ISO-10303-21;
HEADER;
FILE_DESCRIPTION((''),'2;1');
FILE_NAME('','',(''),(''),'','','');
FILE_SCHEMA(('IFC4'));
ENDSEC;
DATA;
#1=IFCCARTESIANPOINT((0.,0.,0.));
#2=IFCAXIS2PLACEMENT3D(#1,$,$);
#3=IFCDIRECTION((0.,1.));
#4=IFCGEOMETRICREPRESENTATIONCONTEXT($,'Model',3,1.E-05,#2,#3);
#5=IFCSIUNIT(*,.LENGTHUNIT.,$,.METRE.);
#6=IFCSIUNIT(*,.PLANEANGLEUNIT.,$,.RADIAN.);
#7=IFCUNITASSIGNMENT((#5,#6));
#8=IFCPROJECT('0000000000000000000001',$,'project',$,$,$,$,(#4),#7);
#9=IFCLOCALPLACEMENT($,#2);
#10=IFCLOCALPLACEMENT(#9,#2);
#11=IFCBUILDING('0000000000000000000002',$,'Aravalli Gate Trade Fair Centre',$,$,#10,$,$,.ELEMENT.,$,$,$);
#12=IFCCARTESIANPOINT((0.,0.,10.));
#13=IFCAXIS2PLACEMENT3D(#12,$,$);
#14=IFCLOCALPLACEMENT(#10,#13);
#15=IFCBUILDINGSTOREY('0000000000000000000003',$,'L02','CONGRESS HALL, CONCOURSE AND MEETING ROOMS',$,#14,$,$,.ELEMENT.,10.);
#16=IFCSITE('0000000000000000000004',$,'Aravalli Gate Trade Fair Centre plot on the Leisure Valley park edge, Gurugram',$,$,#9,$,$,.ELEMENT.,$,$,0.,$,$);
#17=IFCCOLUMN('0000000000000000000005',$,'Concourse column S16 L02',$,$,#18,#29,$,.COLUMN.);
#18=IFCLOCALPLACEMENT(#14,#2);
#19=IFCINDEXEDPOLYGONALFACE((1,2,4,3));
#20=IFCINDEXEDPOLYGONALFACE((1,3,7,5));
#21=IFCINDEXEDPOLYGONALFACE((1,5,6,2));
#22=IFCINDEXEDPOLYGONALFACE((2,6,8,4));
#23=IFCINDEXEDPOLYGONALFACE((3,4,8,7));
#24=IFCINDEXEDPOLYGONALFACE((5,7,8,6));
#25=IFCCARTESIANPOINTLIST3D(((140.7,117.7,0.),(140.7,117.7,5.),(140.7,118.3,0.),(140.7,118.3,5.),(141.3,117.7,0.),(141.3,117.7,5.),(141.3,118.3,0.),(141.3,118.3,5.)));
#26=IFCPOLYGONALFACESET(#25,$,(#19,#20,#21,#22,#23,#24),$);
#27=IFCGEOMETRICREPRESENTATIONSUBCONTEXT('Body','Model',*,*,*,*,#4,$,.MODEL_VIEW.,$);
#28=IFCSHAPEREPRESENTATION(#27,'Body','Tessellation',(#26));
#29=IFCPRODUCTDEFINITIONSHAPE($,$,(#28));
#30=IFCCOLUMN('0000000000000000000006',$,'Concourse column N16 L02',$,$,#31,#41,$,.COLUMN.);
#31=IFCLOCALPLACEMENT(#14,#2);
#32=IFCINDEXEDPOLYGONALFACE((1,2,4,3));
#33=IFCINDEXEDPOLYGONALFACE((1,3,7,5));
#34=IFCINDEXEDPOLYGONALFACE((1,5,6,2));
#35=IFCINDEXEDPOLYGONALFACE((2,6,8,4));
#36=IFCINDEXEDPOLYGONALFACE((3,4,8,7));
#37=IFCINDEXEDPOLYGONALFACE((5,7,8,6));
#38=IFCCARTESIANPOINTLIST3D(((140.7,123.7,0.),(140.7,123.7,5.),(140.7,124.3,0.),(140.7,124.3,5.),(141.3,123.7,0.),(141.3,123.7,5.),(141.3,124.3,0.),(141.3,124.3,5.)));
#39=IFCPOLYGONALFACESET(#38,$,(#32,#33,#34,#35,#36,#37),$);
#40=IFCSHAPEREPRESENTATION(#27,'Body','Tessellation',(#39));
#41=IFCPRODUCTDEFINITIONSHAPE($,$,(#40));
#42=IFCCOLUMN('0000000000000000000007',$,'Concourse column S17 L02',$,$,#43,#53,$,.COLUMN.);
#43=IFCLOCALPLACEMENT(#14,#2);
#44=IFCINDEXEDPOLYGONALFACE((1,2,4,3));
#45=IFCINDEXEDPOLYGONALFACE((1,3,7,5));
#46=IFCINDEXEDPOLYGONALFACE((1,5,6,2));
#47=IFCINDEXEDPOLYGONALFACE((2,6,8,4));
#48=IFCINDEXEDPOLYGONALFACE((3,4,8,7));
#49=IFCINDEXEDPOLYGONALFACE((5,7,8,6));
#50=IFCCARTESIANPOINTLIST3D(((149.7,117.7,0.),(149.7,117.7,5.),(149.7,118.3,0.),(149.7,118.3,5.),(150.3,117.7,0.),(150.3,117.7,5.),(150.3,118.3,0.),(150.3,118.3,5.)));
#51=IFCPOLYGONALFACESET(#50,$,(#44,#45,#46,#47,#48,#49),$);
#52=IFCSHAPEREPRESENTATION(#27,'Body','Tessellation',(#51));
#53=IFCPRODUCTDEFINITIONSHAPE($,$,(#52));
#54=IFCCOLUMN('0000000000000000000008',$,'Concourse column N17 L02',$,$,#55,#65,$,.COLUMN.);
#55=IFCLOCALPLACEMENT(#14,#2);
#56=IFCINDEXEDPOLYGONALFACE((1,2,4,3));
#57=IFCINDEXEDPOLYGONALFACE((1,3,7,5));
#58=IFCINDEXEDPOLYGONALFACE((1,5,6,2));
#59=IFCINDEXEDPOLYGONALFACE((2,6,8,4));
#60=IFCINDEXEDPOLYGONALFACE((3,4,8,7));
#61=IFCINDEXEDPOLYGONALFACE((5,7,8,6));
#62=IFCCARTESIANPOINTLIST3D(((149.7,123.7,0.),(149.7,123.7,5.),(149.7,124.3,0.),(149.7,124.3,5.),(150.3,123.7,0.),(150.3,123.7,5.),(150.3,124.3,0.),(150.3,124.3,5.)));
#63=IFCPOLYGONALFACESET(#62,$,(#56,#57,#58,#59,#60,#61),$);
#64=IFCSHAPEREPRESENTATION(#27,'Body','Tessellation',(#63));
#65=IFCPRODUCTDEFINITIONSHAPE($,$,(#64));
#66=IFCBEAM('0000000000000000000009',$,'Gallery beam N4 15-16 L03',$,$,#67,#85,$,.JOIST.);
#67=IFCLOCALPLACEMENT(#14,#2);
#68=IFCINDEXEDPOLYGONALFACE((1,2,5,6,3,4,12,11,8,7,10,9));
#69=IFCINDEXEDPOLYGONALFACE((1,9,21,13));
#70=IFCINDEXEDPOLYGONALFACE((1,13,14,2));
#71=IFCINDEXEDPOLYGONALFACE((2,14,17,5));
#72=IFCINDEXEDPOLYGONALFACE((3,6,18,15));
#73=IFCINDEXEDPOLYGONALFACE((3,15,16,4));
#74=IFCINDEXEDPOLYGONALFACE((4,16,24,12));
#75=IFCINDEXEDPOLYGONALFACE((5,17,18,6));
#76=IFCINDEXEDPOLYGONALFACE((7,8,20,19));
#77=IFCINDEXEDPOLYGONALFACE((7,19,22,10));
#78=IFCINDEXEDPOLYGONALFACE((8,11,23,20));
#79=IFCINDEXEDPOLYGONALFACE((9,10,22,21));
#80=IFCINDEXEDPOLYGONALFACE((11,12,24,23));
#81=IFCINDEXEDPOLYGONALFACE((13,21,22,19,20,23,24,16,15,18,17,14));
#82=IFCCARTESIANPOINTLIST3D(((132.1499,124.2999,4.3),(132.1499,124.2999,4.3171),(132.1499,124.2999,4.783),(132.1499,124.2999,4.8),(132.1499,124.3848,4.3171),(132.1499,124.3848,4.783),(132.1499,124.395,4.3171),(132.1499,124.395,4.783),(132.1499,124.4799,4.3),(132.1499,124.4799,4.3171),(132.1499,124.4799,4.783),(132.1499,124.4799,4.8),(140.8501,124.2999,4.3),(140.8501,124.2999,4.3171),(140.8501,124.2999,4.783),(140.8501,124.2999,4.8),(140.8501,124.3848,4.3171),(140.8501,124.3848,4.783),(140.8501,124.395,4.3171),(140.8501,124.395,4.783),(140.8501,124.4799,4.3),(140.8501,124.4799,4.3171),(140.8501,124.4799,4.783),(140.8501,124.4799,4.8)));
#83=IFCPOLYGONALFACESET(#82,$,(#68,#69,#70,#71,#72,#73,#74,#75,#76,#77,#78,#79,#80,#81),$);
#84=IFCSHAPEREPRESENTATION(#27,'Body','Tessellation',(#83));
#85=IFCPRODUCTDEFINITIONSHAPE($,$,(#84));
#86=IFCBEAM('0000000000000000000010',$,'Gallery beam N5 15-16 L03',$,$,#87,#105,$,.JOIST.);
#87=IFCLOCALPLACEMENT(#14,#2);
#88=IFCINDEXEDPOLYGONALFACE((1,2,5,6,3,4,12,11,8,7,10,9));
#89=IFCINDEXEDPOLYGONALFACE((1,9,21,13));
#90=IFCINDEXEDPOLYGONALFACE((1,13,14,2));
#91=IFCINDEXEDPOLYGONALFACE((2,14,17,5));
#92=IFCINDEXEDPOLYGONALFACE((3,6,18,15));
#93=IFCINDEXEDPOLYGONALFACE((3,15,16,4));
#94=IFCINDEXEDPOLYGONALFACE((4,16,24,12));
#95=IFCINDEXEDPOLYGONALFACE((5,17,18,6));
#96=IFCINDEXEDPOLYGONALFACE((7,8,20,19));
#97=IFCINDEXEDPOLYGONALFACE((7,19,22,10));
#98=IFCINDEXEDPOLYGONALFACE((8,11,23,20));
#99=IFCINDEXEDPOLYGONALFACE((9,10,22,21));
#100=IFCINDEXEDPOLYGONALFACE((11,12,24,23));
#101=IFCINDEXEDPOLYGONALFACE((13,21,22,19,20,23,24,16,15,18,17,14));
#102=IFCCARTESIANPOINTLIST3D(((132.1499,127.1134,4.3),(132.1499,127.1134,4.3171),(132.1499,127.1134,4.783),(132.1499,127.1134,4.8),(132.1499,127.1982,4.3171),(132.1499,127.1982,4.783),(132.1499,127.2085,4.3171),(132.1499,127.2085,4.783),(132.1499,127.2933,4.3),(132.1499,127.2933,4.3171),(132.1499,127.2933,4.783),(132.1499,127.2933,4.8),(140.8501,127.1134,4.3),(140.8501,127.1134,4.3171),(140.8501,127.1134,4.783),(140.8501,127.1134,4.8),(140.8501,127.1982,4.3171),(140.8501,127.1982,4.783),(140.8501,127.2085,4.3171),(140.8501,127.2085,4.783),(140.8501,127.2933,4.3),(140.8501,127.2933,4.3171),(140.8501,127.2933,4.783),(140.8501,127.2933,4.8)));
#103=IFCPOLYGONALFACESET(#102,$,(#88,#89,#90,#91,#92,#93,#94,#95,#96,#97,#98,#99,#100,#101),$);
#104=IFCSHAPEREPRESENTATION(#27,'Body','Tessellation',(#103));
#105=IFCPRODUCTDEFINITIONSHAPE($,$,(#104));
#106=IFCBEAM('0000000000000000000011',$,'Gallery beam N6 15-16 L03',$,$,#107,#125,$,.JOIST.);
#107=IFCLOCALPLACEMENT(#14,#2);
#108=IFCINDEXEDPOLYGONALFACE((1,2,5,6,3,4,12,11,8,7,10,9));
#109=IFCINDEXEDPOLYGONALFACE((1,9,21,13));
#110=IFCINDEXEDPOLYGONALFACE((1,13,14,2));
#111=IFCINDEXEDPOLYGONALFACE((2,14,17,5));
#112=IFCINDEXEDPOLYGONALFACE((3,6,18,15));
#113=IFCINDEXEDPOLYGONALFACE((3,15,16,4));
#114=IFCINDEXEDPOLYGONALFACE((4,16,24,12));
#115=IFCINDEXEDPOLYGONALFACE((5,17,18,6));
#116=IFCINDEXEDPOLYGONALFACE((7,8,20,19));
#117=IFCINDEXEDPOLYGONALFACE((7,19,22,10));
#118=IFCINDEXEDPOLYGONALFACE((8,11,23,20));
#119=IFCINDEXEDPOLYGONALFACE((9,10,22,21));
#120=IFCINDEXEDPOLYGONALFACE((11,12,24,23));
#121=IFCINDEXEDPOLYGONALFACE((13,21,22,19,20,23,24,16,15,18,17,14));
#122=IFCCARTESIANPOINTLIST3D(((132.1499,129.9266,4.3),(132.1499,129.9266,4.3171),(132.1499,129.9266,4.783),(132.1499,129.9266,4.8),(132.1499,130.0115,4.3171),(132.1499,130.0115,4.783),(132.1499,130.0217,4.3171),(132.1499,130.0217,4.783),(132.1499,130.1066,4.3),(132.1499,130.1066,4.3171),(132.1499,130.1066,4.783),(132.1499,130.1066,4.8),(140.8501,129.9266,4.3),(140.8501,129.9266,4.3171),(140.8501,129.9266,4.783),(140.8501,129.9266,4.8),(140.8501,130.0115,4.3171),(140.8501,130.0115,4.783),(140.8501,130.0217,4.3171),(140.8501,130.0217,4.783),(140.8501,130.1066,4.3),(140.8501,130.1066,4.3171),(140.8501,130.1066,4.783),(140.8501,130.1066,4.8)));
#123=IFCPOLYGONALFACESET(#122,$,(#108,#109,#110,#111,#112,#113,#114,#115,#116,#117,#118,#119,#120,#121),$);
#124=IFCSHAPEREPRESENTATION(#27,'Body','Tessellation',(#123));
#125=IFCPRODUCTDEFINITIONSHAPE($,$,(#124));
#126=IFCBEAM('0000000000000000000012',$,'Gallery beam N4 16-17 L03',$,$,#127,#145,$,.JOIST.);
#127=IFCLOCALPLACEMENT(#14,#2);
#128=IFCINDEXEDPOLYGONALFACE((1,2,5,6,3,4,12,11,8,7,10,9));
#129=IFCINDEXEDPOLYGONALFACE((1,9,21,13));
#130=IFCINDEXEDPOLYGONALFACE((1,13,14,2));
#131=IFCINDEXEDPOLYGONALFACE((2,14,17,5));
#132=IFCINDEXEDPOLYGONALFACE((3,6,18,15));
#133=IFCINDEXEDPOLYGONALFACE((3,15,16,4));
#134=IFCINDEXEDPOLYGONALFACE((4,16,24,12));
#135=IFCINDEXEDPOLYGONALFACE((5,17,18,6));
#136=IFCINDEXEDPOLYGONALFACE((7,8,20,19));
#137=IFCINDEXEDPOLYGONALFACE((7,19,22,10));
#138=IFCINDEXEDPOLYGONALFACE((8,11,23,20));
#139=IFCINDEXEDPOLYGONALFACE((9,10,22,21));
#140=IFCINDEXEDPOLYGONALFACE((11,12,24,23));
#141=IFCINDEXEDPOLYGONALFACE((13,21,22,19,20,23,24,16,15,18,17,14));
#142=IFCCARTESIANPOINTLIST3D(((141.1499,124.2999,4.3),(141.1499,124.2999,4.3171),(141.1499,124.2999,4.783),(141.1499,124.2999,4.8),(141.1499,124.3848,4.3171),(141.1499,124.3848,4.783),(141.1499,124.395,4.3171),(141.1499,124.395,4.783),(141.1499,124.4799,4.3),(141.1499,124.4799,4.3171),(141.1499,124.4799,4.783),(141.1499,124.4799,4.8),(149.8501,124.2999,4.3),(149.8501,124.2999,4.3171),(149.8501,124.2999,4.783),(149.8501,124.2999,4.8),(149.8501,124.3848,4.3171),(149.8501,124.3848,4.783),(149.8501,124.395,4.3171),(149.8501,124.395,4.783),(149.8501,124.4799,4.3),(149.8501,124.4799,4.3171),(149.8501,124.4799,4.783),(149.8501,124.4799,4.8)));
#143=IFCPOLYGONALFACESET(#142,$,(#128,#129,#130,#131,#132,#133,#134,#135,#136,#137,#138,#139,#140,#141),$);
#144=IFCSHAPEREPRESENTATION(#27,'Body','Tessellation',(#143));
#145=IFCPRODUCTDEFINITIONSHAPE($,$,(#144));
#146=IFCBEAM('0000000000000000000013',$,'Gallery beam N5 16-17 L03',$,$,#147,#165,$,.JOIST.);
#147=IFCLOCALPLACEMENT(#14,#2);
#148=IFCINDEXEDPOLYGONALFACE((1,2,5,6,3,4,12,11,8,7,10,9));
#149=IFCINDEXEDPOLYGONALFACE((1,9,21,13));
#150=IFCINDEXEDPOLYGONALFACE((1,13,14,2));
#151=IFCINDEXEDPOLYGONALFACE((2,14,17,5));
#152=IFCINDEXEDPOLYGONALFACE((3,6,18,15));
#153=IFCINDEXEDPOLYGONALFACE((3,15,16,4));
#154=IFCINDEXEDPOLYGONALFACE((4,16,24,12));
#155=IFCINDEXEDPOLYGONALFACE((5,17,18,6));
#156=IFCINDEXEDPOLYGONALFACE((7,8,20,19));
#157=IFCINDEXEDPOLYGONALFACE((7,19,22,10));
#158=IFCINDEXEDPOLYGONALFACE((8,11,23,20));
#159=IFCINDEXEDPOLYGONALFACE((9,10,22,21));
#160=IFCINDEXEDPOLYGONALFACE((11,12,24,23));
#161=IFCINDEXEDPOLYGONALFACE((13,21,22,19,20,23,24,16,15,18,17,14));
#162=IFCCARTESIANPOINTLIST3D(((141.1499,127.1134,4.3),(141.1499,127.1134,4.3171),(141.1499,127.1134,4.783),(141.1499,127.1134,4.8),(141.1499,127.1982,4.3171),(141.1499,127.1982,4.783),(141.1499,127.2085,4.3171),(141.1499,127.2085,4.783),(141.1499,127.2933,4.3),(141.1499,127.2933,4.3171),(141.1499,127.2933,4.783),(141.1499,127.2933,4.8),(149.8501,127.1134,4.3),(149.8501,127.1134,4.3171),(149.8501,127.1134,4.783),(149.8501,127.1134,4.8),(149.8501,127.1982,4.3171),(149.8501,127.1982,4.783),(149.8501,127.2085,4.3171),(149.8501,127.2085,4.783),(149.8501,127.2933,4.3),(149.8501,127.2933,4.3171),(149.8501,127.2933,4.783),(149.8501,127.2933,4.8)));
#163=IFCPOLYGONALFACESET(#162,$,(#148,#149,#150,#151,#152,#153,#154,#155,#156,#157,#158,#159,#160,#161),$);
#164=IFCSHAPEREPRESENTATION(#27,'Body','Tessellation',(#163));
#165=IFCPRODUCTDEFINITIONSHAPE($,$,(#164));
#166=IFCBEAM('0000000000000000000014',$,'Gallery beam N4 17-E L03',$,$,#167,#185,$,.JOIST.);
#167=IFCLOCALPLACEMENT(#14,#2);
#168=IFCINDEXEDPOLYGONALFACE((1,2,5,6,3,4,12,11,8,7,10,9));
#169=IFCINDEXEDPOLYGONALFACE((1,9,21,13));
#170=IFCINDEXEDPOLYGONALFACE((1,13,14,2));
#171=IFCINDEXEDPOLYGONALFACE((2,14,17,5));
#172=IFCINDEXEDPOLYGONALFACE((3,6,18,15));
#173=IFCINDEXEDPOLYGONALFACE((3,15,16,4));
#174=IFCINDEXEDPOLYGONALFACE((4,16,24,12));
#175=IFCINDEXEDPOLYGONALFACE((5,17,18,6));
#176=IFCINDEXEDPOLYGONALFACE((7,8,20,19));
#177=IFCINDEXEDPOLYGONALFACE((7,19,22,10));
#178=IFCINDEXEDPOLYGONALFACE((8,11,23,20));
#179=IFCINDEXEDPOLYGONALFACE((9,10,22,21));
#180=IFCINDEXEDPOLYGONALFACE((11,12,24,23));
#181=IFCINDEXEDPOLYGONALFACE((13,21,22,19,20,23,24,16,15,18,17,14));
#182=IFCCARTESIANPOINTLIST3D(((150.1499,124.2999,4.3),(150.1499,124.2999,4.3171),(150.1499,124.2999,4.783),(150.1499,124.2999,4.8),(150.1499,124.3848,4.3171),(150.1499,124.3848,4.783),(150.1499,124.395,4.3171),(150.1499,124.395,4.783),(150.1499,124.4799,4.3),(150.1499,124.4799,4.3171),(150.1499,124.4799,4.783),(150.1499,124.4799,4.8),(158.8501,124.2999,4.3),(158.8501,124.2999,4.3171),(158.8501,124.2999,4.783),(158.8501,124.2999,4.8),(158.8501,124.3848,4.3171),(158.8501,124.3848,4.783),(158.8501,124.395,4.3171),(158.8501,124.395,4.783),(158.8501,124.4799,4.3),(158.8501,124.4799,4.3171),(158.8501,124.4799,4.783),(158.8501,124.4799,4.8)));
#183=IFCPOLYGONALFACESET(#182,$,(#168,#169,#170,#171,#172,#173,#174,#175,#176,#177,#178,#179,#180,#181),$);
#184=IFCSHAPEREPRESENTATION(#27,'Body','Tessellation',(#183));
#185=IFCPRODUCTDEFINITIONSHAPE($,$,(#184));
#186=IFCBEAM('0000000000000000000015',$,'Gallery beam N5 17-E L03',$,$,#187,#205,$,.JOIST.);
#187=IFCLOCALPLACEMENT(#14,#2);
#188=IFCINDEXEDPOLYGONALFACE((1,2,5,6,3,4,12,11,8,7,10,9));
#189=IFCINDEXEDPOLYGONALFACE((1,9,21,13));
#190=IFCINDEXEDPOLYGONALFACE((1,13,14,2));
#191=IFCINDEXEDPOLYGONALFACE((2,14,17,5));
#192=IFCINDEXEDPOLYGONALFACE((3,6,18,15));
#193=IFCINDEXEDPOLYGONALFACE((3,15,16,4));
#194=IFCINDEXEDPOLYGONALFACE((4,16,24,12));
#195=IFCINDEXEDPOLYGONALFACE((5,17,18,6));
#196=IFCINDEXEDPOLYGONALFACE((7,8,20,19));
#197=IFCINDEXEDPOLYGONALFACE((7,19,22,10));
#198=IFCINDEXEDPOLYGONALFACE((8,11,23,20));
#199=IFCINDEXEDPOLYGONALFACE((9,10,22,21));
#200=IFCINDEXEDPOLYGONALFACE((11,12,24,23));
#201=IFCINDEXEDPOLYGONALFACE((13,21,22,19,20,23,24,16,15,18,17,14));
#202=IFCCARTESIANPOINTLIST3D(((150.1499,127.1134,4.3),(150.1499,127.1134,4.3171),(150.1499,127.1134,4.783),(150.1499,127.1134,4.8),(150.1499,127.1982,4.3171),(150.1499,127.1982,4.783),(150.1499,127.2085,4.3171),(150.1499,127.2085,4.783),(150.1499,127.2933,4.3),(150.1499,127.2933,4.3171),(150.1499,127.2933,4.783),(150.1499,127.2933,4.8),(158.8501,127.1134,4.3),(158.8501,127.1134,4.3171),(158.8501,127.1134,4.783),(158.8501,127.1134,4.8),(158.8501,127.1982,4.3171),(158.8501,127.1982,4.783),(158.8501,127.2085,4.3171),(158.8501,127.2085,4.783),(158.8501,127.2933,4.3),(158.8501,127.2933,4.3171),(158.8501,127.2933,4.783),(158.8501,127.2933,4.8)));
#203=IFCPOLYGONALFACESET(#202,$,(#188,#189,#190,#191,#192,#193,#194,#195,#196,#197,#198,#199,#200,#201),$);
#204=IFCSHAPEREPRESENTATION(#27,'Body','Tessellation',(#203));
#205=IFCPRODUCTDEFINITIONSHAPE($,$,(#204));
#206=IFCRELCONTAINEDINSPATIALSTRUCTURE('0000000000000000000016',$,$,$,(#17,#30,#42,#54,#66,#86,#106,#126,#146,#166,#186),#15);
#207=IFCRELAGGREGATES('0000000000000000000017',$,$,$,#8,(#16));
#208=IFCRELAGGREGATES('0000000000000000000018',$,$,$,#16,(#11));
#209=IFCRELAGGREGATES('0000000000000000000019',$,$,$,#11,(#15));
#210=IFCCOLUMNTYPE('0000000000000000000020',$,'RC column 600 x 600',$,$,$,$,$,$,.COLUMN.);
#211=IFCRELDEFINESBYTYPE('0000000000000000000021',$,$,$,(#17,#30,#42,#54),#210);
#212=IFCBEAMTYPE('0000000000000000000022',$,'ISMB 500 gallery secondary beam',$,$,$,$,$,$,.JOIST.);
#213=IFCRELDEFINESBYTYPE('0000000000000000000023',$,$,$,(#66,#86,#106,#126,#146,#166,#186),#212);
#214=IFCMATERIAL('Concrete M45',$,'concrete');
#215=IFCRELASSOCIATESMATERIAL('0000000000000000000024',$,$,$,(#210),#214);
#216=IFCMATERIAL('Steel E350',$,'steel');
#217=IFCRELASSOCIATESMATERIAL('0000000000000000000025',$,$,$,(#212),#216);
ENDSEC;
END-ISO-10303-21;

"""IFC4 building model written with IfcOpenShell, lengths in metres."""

from ifc_helpers import new_model, si_unit, direction, frame, origin, origin_2d, place, context, subcontext, project, spatial, rectangle, i_section, extrude, material, material_profile, profile_set, type_object, element, save


model = new_model("IFC4")

# Units and contexts
model_context = context("Model", 3, precision=1e-05, world=origin(), true_north=direction((0.0, 1.0)))
body_context = subcontext(model_context, "Body", "Model", "MODEL_VIEW")
ifc_project = project(units=[si_unit("LENGTHUNIT", "METRE"), si_unit("PLANEANGLEUNIT", "RADIAN")], contexts=[model_context])

# Site, building, storey
site_placement = place(None, origin())
site = spatial("IfcSite", under=ifc_project, at=site_placement, Name="Aravalli Gate Trade Fair Centre plot on the Leisure Valley park edge, Gurugram", CompositionType="ELEMENT", RefElevation=0.0)
building_placement = place(site_placement, origin())
building = spatial("IfcBuilding", under=site, at=building_placement, Name="Aravalli Gate Trade Fair Centre", CompositionType="ELEMENT")
storey_placement = place(building_placement, frame((0.0, 0.0, 10.0)))
storey = spatial("IfcBuildingStorey", under=building, at=storey_placement, Name="L02", Description="CONGRESS HALL, CONCOURSE AND MEETING ROOMS", CompositionType="ELEMENT", Elevation=10.0)

# Columns
ifc_material_1 = material(Name="Concrete M45", Category="concrete")
ifc_material_profile_1 = material_profile(ifc_material_1, rectangle(XDim=0.6001, YDim=0.6001, at=origin_2d()), Name="RC column 600 x 600")
ifc_profile_set_1 = profile_set([ifc_material_profile_1], Name="Concrete M45")
column_type = type_object("IfcColumnType", Name="RC column 600 x 600", PredefinedType="COLUMN", material=ifc_profile_set_1)
for number, where, z_axis, x_axis, name in (
    (1, (141.0, 118.0, 0.0), (0.0, 0.0, 1.0), (1.0, 0.0, 0.0), "Concourse column S16 L02"),
    (2, (141.0, 124.0, 0.0), (0.0, 0.0, 1.0), (1.0, 0.0, 0.0), "Concourse column N16 L02"),
    (3, (150.0, 118.0, 0.0), (0.0, 0.0, 1.0), (1.0, 0.0, 0.0), "Concourse column S17 L02"),
    (4, (150.0, 124.0, 0.0), (0.0, 0.0, 1.0), (1.0, 0.0, 0.0), "Concourse column N17 L02"),
):
    element("IfcColumn", number, at=place(storey_placement, frame(where, z_axis=z_axis, x_axis=x_axis)), inside=storey, type_object=column_type, Name=name, PredefinedType="COLUMN", context=body_context, shape_type="SweptSolid", body=[
        extrude(rectangle(XDim=0.6001, YDim=0.6001, at=origin_2d()), origin(), (0.0, 0.0, 1.0), 5.0),
    ])

# Beams
ifc_material_2 = material(Name="Steel E350", Category="steel")
ifc_material_profile_2 = material_profile(ifc_material_2, i_section(OverallWidth=0.1799, OverallDepth=0.5, WebThickness=0.0103, FlangeThickness=0.0171, at=origin_2d()), Name="ISMB 500")
ifc_profile_set_2 = profile_set([ifc_material_profile_2], Name="Steel E350")
beam_type_1 = type_object("IfcBeamType", Name="ISMB 500 gallery secondary beam", PredefinedType="JOIST", material=ifc_profile_set_2)
for number, where, z_axis, x_axis, name in (
    (5, (132.1499, 124.3899, 4.55), (1.0, 0.0, 0.0), (0.0, 1.0, 0.0), "Gallery beam N4 15-16 L03"),
    (6, (132.1499, 127.2034, 4.55), (1.0, 0.0, 0.0), (0.0, 1.0, 0.0), "Gallery beam N5 15-16 L03"),
    (7, (132.1499, 130.0166, 4.55), (1.0, 0.0, 0.0), (0.0, 1.0, 0.0), "Gallery beam N6 15-16 L03"),
    (8, (141.1499, 124.3899, 4.55), (1.0, 0.0, 0.0), (0.0, 1.0, 0.0), "Gallery beam N4 16-17 L03"),
    (9, (141.1499, 127.2034, 4.55), (1.0, 0.0, 0.0), (0.0, 1.0, 0.0), "Gallery beam N5 16-17 L03"),
    (10, (150.1499, 124.3899, 4.55), (1.0, 0.0, 0.0), (0.0, 1.0, 0.0), "Gallery beam N4 17-E L03"),
    (11, (150.1499, 127.2034, 4.55), (1.0, 0.0, 0.0), (0.0, 1.0, 0.0), "Gallery beam N5 17-E L03"),
):
    element("IfcBeam", number, at=place(storey_placement, frame(where, z_axis=z_axis, x_axis=x_axis)), inside=storey, type_object=beam_type_1, Name=name, PredefinedType="JOIST", context=body_context, shape_type="SweptSolid", body=[
        extrude(i_section(OverallWidth=0.1799, OverallDepth=0.5, WebThickness=0.0103, FlangeThickness=0.0171, at=origin_2d()), origin(), (0.0, 0.0, 1.0), 8.7002),
    ])

save(model, "model.ifc")
